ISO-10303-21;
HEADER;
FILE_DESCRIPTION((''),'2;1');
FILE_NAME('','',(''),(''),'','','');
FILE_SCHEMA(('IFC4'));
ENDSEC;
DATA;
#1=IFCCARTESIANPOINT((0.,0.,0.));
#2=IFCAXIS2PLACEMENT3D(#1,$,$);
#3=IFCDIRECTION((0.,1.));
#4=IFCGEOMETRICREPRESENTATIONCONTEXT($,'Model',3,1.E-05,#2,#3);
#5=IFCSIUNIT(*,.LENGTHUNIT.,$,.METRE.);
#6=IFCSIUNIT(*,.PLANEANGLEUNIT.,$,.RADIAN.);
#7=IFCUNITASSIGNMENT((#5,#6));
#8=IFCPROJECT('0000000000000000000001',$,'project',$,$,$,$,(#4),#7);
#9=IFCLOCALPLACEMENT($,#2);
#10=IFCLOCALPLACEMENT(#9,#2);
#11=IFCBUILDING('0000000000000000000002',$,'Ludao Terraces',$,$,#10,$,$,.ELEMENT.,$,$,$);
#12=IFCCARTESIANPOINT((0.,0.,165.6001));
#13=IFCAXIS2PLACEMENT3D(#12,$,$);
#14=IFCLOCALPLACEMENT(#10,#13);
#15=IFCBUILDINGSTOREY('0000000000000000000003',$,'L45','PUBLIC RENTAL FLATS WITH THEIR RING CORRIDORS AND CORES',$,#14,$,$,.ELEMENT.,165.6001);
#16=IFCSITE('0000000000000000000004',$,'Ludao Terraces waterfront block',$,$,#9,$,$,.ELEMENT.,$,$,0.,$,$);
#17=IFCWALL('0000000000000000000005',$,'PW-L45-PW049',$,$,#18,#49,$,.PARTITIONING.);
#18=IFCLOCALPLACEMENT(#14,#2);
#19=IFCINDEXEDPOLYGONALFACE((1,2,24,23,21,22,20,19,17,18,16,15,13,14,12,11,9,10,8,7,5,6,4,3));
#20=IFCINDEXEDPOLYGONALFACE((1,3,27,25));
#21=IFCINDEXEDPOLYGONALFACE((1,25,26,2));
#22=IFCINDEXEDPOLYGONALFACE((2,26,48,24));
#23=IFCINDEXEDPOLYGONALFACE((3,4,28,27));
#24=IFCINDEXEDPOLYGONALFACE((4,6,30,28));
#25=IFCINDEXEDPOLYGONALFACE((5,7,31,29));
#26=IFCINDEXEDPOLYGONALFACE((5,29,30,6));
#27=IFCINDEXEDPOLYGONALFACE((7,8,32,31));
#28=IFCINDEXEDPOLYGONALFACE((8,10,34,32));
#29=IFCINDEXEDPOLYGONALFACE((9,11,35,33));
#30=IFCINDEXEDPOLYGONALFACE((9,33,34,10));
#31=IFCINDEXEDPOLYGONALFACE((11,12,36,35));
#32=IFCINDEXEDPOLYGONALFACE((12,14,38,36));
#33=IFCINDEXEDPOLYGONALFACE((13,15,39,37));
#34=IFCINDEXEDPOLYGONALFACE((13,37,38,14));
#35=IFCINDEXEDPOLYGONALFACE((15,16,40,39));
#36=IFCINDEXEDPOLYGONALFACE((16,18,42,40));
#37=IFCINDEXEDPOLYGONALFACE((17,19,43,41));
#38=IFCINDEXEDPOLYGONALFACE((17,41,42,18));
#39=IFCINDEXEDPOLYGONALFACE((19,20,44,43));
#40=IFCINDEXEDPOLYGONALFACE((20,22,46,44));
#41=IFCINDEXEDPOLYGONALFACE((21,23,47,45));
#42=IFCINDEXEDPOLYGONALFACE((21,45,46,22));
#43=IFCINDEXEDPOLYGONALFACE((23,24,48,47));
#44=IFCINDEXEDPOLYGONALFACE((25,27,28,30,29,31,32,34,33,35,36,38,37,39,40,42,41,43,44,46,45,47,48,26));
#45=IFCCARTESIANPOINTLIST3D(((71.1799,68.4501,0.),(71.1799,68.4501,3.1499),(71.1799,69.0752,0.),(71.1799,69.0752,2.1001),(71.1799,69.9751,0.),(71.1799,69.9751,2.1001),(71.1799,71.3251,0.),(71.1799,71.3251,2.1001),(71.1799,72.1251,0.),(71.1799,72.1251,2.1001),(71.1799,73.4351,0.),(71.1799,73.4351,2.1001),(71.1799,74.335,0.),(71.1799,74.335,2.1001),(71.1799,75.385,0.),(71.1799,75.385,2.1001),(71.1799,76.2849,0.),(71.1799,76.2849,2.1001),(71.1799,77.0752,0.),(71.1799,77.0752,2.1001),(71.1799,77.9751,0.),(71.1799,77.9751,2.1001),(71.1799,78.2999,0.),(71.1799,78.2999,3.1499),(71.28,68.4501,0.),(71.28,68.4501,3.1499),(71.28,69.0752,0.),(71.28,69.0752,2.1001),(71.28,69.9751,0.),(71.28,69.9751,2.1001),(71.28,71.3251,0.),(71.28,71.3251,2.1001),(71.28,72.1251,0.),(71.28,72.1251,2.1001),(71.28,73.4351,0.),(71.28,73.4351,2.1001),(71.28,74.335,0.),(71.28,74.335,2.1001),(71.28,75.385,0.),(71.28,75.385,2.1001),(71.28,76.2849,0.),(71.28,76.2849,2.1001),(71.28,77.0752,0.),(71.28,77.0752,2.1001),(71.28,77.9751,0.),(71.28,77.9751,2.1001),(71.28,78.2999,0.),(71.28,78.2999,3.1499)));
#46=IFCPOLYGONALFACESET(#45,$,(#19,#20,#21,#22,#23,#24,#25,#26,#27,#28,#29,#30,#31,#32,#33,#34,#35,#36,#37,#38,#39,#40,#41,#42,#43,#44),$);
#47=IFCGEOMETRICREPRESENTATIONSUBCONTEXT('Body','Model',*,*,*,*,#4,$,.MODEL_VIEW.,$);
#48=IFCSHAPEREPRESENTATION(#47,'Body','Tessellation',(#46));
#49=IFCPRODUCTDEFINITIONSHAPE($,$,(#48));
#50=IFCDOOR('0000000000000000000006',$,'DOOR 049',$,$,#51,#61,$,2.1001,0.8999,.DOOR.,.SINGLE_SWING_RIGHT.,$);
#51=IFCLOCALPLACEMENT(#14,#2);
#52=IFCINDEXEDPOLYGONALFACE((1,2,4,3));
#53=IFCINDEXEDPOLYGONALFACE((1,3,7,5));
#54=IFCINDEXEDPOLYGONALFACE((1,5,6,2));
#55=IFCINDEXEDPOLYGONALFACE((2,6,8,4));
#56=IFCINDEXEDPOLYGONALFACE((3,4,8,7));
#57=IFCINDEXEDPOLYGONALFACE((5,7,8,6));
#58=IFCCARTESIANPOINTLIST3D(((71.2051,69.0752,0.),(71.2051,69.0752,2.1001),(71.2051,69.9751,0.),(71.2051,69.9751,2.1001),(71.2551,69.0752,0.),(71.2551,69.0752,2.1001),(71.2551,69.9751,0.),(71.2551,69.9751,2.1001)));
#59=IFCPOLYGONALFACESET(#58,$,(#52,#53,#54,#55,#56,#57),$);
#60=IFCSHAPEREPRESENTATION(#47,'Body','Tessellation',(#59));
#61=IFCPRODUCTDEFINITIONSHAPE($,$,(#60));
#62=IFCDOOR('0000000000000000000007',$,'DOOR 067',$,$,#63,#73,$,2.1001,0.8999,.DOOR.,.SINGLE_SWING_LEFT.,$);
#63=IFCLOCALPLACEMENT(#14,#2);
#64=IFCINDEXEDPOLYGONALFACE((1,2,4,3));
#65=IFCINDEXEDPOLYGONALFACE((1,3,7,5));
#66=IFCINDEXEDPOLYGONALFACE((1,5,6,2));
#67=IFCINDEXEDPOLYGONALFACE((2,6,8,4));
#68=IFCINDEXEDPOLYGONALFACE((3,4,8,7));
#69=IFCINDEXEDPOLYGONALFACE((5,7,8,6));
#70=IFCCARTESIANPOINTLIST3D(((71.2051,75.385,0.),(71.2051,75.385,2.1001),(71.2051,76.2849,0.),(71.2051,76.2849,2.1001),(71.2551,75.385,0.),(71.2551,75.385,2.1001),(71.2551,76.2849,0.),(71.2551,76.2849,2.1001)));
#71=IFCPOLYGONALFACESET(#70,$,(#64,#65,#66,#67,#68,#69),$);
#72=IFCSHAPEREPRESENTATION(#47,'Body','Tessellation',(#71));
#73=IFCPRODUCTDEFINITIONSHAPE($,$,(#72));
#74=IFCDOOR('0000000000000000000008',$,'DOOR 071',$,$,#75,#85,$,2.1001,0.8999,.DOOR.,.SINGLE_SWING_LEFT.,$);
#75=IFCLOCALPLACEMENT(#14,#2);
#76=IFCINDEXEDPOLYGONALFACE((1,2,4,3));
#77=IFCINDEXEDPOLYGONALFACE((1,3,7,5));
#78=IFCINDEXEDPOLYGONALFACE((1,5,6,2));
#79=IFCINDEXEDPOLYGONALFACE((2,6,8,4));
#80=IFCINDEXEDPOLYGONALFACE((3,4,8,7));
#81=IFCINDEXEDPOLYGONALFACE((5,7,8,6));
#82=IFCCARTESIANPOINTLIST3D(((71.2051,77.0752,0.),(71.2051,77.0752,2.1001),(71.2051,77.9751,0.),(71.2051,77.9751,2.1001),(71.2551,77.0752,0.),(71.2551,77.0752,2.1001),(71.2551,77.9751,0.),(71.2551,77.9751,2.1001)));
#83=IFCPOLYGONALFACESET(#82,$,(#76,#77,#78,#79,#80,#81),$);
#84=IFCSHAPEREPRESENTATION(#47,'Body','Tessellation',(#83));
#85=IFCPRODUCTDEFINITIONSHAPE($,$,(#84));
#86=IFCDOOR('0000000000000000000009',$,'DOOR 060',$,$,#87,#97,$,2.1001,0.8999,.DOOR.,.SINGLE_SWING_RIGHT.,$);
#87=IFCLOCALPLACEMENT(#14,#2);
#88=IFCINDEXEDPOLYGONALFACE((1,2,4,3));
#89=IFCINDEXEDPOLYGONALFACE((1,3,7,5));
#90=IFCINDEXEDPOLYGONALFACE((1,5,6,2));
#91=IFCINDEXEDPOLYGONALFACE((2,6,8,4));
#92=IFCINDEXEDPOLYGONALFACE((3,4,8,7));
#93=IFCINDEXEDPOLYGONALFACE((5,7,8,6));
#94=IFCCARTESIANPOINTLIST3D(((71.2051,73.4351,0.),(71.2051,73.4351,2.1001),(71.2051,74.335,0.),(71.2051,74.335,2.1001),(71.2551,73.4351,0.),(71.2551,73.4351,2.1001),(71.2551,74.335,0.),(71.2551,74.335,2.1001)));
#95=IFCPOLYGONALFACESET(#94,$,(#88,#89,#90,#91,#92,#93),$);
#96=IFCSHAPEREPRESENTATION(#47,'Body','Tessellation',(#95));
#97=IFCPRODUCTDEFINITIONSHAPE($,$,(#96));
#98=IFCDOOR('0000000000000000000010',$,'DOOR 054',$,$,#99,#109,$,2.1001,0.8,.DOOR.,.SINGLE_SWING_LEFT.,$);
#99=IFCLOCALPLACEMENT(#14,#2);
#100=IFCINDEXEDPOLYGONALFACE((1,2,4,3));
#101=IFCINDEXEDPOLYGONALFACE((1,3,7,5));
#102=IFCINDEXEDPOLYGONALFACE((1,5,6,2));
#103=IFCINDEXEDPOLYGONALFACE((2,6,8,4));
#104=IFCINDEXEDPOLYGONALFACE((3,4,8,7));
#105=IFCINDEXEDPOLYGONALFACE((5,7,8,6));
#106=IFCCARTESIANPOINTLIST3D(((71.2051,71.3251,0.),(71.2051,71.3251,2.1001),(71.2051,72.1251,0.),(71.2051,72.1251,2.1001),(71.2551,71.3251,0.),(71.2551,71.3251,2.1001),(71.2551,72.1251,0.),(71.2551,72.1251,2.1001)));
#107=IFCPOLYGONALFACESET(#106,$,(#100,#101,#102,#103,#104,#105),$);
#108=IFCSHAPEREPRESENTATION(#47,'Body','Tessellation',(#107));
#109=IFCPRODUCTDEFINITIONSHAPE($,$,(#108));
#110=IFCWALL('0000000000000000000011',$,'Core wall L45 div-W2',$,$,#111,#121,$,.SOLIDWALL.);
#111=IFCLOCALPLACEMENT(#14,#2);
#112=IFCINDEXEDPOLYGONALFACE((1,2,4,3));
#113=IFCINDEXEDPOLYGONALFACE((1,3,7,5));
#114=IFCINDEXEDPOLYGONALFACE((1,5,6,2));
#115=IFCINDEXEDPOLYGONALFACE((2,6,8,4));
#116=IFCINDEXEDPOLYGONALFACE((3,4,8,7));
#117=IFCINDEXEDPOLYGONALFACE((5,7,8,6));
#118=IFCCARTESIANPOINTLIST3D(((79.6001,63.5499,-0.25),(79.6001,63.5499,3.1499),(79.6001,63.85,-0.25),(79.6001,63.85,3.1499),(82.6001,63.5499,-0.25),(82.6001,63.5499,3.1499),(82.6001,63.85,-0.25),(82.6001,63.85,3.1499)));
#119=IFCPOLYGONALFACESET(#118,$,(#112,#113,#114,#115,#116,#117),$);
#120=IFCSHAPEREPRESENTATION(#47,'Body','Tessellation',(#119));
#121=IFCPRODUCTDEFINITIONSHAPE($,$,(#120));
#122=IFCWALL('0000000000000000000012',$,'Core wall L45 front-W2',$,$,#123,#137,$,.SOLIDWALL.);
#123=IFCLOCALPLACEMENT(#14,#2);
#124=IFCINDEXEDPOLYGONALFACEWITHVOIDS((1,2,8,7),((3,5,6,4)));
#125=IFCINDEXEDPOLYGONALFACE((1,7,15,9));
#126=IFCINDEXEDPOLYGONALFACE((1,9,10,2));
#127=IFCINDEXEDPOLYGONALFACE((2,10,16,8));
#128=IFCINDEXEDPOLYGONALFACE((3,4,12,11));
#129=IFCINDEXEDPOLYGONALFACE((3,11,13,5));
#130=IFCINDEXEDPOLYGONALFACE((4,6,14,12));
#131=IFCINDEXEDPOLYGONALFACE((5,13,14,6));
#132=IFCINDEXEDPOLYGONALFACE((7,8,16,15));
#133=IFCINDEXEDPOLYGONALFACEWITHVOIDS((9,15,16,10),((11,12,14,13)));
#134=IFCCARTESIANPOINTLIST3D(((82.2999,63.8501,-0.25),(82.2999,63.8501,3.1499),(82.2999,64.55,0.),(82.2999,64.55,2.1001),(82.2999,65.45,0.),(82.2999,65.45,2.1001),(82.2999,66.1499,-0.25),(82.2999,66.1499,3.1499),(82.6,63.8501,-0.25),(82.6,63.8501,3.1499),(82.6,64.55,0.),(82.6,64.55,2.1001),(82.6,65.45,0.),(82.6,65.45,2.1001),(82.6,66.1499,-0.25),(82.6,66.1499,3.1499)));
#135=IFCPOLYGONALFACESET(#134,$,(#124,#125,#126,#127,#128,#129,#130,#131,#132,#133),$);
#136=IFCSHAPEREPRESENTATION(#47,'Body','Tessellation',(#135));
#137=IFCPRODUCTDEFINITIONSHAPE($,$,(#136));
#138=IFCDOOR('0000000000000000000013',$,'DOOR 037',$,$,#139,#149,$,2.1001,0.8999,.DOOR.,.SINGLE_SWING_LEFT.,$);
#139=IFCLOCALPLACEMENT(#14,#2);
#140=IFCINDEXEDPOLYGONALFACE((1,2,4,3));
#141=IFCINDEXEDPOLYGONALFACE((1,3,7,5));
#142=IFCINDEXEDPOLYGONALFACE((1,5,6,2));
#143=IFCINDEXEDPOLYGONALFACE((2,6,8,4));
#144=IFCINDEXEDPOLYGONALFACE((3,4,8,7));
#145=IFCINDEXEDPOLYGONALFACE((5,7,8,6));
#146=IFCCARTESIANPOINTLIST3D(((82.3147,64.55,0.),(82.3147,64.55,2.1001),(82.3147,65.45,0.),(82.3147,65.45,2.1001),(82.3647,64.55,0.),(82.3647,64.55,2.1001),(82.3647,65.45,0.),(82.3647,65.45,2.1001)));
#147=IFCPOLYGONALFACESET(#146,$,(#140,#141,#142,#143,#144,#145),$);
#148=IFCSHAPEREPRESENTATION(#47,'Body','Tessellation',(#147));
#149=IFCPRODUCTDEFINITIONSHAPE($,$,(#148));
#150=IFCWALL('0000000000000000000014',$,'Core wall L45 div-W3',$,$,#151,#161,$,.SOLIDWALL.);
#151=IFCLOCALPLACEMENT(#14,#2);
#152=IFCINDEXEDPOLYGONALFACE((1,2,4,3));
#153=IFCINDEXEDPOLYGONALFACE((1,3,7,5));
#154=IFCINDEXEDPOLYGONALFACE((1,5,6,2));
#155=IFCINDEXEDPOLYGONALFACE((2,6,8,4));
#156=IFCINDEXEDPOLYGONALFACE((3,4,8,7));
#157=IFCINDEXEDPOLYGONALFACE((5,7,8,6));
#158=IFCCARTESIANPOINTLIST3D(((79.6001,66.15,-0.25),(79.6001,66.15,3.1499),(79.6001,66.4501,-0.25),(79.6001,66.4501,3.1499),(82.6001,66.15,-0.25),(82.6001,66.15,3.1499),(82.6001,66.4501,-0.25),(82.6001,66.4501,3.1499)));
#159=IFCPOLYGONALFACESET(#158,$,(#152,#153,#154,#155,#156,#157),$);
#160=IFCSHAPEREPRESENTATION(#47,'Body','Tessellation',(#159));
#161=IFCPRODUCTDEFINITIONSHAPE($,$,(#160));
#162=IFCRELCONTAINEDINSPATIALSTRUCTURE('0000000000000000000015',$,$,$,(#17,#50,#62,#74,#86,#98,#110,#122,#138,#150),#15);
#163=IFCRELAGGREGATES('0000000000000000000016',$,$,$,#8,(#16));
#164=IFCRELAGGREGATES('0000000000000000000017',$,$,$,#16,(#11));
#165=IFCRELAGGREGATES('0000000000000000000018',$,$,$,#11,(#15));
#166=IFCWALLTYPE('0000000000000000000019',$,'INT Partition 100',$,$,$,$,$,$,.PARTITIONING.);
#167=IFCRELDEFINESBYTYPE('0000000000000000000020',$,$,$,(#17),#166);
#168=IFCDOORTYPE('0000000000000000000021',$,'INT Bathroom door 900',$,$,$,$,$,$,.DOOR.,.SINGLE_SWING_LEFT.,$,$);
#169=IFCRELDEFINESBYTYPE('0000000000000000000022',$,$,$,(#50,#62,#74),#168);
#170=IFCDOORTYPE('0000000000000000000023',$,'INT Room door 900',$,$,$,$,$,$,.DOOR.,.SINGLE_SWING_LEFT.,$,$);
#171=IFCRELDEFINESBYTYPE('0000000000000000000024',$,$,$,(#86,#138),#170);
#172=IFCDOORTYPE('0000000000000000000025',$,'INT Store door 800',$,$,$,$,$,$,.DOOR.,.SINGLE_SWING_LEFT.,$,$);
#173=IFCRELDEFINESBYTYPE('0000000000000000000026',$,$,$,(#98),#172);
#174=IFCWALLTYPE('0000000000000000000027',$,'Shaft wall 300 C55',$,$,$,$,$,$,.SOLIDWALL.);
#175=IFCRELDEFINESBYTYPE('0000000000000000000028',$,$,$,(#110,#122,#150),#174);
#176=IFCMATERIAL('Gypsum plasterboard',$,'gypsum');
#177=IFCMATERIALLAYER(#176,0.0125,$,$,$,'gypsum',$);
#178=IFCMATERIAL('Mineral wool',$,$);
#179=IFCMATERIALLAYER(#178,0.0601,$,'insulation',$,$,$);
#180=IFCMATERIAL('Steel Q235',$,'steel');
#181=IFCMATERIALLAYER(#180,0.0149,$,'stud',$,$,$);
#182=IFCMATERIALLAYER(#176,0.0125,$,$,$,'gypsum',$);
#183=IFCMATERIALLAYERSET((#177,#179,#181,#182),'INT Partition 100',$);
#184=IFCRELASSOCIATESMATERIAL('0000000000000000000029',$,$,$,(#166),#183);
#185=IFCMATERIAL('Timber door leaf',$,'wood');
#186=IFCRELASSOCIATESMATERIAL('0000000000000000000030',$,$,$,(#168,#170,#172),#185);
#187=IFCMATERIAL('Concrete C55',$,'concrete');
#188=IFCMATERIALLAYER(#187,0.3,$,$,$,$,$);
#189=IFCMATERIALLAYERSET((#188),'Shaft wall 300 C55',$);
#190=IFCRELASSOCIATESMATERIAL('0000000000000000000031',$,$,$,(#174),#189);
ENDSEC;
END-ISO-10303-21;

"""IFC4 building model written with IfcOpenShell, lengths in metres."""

from ifc_helpers import new_model, si_unit, direction, frame, frame_2d, origin, place, context, subcontext, project, spatial, rectangle, extrude, material, layer, layer_set, type_object, element, fill, save


model = new_model("IFC4")

# Units and contexts
model_context = context("Model", 3, precision=1e-05, world=origin(), true_north=direction((0.0, 1.0)))
body_context = subcontext(model_context, "Body", "Model", "MODEL_VIEW")
ifc_project = project(units=[si_unit("LENGTHUNIT", "METRE"), si_unit("PLANEANGLEUNIT", "RADIAN")], contexts=[model_context])

# Site, building, storey
site_placement = place(None, origin())
site = spatial("IfcSite", under=ifc_project, at=site_placement, Name="Ludao Terraces waterfront block", CompositionType="ELEMENT", RefElevation=0.0)
building_placement = place(site_placement, origin())
building = spatial("IfcBuilding", under=site, at=building_placement, Name="Ludao Terraces", CompositionType="ELEMENT")
storey_placement = place(building_placement, frame((0.0, 0.0, 165.6001)))
storey = spatial("IfcBuildingStorey", under=building, at=storey_placement, Name="L45", Description="PUBLIC RENTAL FLATS WITH THEIR RING CORRIDORS AND CORES", CompositionType="ELEMENT", Elevation=165.6001)

# Shared definitions
ifc_material_1 = material(Name="Mineral wool")
ifc_material_2 = material(Name="Steel Q235", Category="steel")
ifc_material_3 = material(Name="Gypsum plasterboard", Category="gypsum")
ifc_layer_1 = layer(ifc_material_3, 0.0125, Category="gypsum")
ifc_layer_2 = layer(ifc_material_1, 0.0601, Name="insulation")
ifc_layer_3 = layer(ifc_material_2, 0.0149, Name="stud")
ifc_layer_4 = layer(ifc_material_3, 0.0125, Category="gypsum")
ifc_layer_set_1 = layer_set([ifc_layer_1, ifc_layer_2, ifc_layer_3, ifc_layer_4], Name="INT Partition 100")
wall_type_1 = type_object("IfcWallType", Name="INT Partition 100", PredefinedType="PARTITIONING", material=ifc_layer_set_1)

# Wall, openings, doors
wall_1_placement = place(storey_placement, frame((71.23, 68.4502, 0.0), z_axis=(0.0, 0.0, 1.0), x_axis=(0.0, 1.0, 0.0)))
wall_1 = element("IfcWall", 1, at=wall_1_placement, inside=storey, type_object=wall_type_1, Name="PW-L45-PW049", PredefinedType="PARTITIONING", context=body_context, shape_type="SweptSolid", body=[
    extrude(rectangle(XDim=9.8499, YDim=0.1001, at=frame_2d((4.9248, 0.0))), origin(), (0.0, 0.0, 1.0), 3.1499),
])
opening_1_placement = place(wall_1_placement, frame((0.625, 0.0, 0.0)))
opening_1 = element("IfcOpeningElement", 2, at=opening_1_placement, cuts=wall_1, PredefinedType="OPENING", context=body_context, shape_type="SweptSolid", body=[
    extrude(rectangle(XDim=0.8999, YDim=2.1001, at=frame_2d((0.45, 1.05))), frame((0.0, 0.0601, 0.0), z_axis=(0.0, -1.0, 0.0), x_axis=(1.0, 0.0, 0.0)), (0.0, 0.0, 1.0), 0.1201),
])
opening_2_placement = place(wall_1_placement, frame((2.875, 0.0, 0.0)))
opening_2 = element("IfcOpeningElement", 3, at=opening_2_placement, cuts=wall_1, PredefinedType="OPENING", context=body_context, shape_type="SweptSolid", body=[
    extrude(rectangle(XDim=0.8, YDim=2.1001, at=frame_2d((0.3999, 1.05))), frame((0.0, 0.0601, 0.0), z_axis=(0.0, -1.0, 0.0), x_axis=(1.0, 0.0, 0.0)), (0.0, 0.0, 1.0), 0.1201),
])
opening_3_placement = place(wall_1_placement, frame((4.9849, 0.0, 0.0)))
opening_3 = element("IfcOpeningElement", 4, at=opening_3_placement, cuts=wall_1, PredefinedType="OPENING", context=body_context, shape_type="SweptSolid", body=[
    extrude(rectangle(XDim=0.8999, YDim=2.1001, at=frame_2d((0.45, 1.05))), frame((0.0, 0.0601, 0.0), z_axis=(0.0, -1.0, 0.0), x_axis=(1.0, 0.0, 0.0)), (0.0, 0.0, 1.0), 0.1201),
])
opening_4_placement = place(wall_1_placement, frame((6.9348, 0.0, 0.0)))
opening_4 = element("IfcOpeningElement", 5, at=opening_4_placement, cuts=wall_1, PredefinedType="OPENING", context=body_context, shape_type="SweptSolid", body=[
    extrude(rectangle(XDim=0.8999, YDim=2.1001, at=frame_2d((0.45, 1.05))), frame((0.0, 0.0601, 0.0), z_axis=(0.0, -1.0, 0.0), x_axis=(1.0, 0.0, 0.0)), (0.0, 0.0, 1.0), 0.1201),
])
opening_5_placement = place(wall_1_placement, frame((8.625, 0.0, 0.0)))
opening_5 = element("IfcOpeningElement", 6, at=opening_5_placement, cuts=wall_1, PredefinedType="OPENING", context=body_context, shape_type="SweptSolid", body=[
    extrude(rectangle(XDim=0.8999, YDim=2.1001, at=frame_2d((0.45, 1.05))), frame((0.0, 0.0601, 0.0), z_axis=(0.0, -1.0, 0.0), x_axis=(1.0, 0.0, 0.0)), (0.0, 0.0, 1.0), 0.1201),
])
ifc_material_4 = material(Name="Timber door leaf", Category="wood")
door_type_1 = type_object("IfcDoorType", Name="INT Bathroom door 900", OperationType="SINGLE_SWING_LEFT", PredefinedType="DOOR", material=ifc_material_4)
door_1_placement = place(opening_1_placement, origin())
door_1 = element("IfcDoor", 7, at=door_1_placement, inside=storey, type_object=door_type_1, Name="DOOR 049", OperationType="SINGLE_SWING_RIGHT", OverallHeight=2.1001, OverallWidth=0.8999, PredefinedType="DOOR", context=body_context, shape_type="SweptSolid", body=[
    extrude(rectangle(XDim=0.8999, YDim=2.1001, at=frame_2d((0.45, 1.05))), frame((0.0, 0.0249, 0.0), z_axis=(0.0, -1.0, 0.0), x_axis=(1.0, 0.0, 0.0)), (0.0, 0.0, 1.0), 0.05),
])
fill(opening_1, door_1)
door_2_placement = place(opening_4_placement, origin())
door_2 = element("IfcDoor", 8, at=door_2_placement, inside=storey, type_object=door_type_1, Name="DOOR 067", OperationType="SINGLE_SWING_LEFT", OverallHeight=2.1001, OverallWidth=0.8999, PredefinedType="DOOR", context=body_context, shape_type="SweptSolid", body=[
    extrude(rectangle(XDim=0.8999, YDim=2.1001, at=frame_2d((0.45, 1.05))), frame((0.0, 0.0249, 0.0), z_axis=(0.0, -1.0, 0.0), x_axis=(1.0, 0.0, 0.0)), (0.0, 0.0, 1.0), 0.05),
])
fill(opening_4, door_2)
door_3_placement = place(opening_5_placement, origin())
door_3 = element("IfcDoor", 9, at=door_3_placement, inside=storey, type_object=door_type_1, Name="DOOR 071", OperationType="SINGLE_SWING_LEFT", OverallHeight=2.1001, OverallWidth=0.8999, PredefinedType="DOOR", context=body_context, shape_type="SweptSolid", body=[
    extrude(rectangle(XDim=0.8999, YDim=2.1001, at=frame_2d((0.45, 1.05))), frame((0.0, 0.0249, 0.0), z_axis=(0.0, -1.0, 0.0), x_axis=(1.0, 0.0, 0.0)), (0.0, 0.0, 1.0), 0.05),
])
fill(opening_5, door_3)
door_type_2 = type_object("IfcDoorType", Name="INT Room door 900", OperationType="SINGLE_SWING_LEFT", PredefinedType="DOOR", material=ifc_material_4)
door_4_placement = place(opening_3_placement, origin())
door_4 = element("IfcDoor", 10, at=door_4_placement, inside=storey, type_object=door_type_2, Name="DOOR 060", OperationType="SINGLE_SWING_RIGHT", OverallHeight=2.1001, OverallWidth=0.8999, PredefinedType="DOOR", context=body_context, shape_type="SweptSolid", body=[
    extrude(rectangle(XDim=0.8999, YDim=2.1001, at=frame_2d((0.45, 1.05))), frame((0.0, 0.0249, 0.0), z_axis=(0.0, -1.0, 0.0), x_axis=(1.0, 0.0, 0.0)), (0.0, 0.0, 1.0), 0.05),
])
fill(opening_3, door_4)
door_type_3 = type_object("IfcDoorType", Name="INT Store door 800", OperationType="SINGLE_SWING_LEFT", PredefinedType="DOOR", material=ifc_material_4)
door_5_placement = place(opening_2_placement, origin())
door_5 = element("IfcDoor", 11, at=door_5_placement, inside=storey, type_object=door_type_3, Name="DOOR 054", OperationType="SINGLE_SWING_LEFT", OverallHeight=2.1001, OverallWidth=0.8, PredefinedType="DOOR", context=body_context, shape_type="SweptSolid", body=[
    extrude(rectangle(XDim=0.8, YDim=2.1001, at=frame_2d((0.3999, 1.05))), frame((0.0, 0.0249, 0.0), z_axis=(0.0, -1.0, 0.0), x_axis=(1.0, 0.0, 0.0)), (0.0, 0.0, 1.0), 0.05),
])
fill(opening_2, door_5)

# Wall
ifc_material_5 = material(Name="Concrete C55", Category="concrete")
ifc_layer_5 = layer(ifc_material_5, 0.3)
ifc_layer_set_2 = layer_set([ifc_layer_5], Name="Shaft wall 300 C55")
wall_type_2 = type_object("IfcWallType", Name="Shaft wall 300 C55", PredefinedType="SOLIDWALL", material=ifc_layer_set_2)
wall_2_placement = place(storey_placement, frame((79.6001, 63.7, -0.25), z_axis=(0.0, 0.0, 1.0), x_axis=(1.0, 0.0, 0.0)))
element("IfcWall", 12, at=wall_2_placement, inside=storey, type_object=wall_type_2, Name="Core wall L45 div-W2", PredefinedType="SOLIDWALL", context=body_context, shape_type="SweptSolid", body=[
    extrude(rectangle(XDim=3.0, YDim=0.3, at=frame_2d((1.5, 0.0))), origin(), (0.0, 0.0, 1.0), 3.3999),
])

# Wall, opening, door
wall_3_placement = place(storey_placement, frame((82.45, 63.8501, -0.25), z_axis=(0.0, 0.0, 1.0), x_axis=(0.0, 1.0, 0.0)))
wall_3 = element("IfcWall", 13, at=wall_3_placement, inside=storey, type_object=wall_type_2, Name="Core wall L45 front-W2", PredefinedType="SOLIDWALL", context=body_context, shape_type="SweptSolid", body=[
    extrude(rectangle(XDim=2.2998, YDim=0.3, at=frame_2d((1.1499, 0.0))), origin(), (0.0, 0.0, 1.0), 3.3999),
])
opening_6_placement = place(wall_3_placement, frame((0.7, 0.0, 0.25)))
opening_6 = element("IfcOpeningElement", 14, at=opening_6_placement, cuts=wall_3, PredefinedType="OPENING", context=body_context, shape_type="SweptSolid", body=[
    extrude(rectangle(XDim=0.8999, YDim=2.1001, at=frame_2d((0.45, 1.05))), frame((0.0, 0.1602, 0.0), z_axis=(0.0, -1.0, 0.0), x_axis=(1.0, 0.0, 0.0)), (0.0, 0.0, 1.0), 0.3201),
])
door_6_placement = place(opening_6_placement, origin())
door_6 = element("IfcDoor", 15, at=door_6_placement, inside=storey, type_object=door_type_2, Name="DOOR 037", OperationType="SINGLE_SWING_LEFT", OverallHeight=2.1001, OverallWidth=0.8999, PredefinedType="DOOR", context=body_context, shape_type="SweptSolid", body=[
    extrude(rectangle(XDim=0.8999, YDim=2.1001, at=frame_2d((0.45, 1.05))), frame((0.0, 0.1353, 0.0), z_axis=(0.0, -1.0, 0.0), x_axis=(1.0, 0.0, 0.0)), (0.0, 0.0, 1.0), 0.05),
])
fill(opening_6, door_6)

# Wall
wall_4_placement = place(storey_placement, frame((79.6001, 66.3, -0.25), z_axis=(0.0, 0.0, 1.0), x_axis=(1.0, 0.0, 0.0)))
element("IfcWall", 16, at=wall_4_placement, inside=storey, type_object=wall_type_2, Name="Core wall L45 div-W3", PredefinedType="SOLIDWALL", context=body_context, shape_type="SweptSolid", body=[
    extrude(rectangle(XDim=3.0, YDim=0.3, at=frame_2d((1.5, 0.0))), origin(), (0.0, 0.0, 1.0), 3.3999),
])

save(model, "model.ifc")
